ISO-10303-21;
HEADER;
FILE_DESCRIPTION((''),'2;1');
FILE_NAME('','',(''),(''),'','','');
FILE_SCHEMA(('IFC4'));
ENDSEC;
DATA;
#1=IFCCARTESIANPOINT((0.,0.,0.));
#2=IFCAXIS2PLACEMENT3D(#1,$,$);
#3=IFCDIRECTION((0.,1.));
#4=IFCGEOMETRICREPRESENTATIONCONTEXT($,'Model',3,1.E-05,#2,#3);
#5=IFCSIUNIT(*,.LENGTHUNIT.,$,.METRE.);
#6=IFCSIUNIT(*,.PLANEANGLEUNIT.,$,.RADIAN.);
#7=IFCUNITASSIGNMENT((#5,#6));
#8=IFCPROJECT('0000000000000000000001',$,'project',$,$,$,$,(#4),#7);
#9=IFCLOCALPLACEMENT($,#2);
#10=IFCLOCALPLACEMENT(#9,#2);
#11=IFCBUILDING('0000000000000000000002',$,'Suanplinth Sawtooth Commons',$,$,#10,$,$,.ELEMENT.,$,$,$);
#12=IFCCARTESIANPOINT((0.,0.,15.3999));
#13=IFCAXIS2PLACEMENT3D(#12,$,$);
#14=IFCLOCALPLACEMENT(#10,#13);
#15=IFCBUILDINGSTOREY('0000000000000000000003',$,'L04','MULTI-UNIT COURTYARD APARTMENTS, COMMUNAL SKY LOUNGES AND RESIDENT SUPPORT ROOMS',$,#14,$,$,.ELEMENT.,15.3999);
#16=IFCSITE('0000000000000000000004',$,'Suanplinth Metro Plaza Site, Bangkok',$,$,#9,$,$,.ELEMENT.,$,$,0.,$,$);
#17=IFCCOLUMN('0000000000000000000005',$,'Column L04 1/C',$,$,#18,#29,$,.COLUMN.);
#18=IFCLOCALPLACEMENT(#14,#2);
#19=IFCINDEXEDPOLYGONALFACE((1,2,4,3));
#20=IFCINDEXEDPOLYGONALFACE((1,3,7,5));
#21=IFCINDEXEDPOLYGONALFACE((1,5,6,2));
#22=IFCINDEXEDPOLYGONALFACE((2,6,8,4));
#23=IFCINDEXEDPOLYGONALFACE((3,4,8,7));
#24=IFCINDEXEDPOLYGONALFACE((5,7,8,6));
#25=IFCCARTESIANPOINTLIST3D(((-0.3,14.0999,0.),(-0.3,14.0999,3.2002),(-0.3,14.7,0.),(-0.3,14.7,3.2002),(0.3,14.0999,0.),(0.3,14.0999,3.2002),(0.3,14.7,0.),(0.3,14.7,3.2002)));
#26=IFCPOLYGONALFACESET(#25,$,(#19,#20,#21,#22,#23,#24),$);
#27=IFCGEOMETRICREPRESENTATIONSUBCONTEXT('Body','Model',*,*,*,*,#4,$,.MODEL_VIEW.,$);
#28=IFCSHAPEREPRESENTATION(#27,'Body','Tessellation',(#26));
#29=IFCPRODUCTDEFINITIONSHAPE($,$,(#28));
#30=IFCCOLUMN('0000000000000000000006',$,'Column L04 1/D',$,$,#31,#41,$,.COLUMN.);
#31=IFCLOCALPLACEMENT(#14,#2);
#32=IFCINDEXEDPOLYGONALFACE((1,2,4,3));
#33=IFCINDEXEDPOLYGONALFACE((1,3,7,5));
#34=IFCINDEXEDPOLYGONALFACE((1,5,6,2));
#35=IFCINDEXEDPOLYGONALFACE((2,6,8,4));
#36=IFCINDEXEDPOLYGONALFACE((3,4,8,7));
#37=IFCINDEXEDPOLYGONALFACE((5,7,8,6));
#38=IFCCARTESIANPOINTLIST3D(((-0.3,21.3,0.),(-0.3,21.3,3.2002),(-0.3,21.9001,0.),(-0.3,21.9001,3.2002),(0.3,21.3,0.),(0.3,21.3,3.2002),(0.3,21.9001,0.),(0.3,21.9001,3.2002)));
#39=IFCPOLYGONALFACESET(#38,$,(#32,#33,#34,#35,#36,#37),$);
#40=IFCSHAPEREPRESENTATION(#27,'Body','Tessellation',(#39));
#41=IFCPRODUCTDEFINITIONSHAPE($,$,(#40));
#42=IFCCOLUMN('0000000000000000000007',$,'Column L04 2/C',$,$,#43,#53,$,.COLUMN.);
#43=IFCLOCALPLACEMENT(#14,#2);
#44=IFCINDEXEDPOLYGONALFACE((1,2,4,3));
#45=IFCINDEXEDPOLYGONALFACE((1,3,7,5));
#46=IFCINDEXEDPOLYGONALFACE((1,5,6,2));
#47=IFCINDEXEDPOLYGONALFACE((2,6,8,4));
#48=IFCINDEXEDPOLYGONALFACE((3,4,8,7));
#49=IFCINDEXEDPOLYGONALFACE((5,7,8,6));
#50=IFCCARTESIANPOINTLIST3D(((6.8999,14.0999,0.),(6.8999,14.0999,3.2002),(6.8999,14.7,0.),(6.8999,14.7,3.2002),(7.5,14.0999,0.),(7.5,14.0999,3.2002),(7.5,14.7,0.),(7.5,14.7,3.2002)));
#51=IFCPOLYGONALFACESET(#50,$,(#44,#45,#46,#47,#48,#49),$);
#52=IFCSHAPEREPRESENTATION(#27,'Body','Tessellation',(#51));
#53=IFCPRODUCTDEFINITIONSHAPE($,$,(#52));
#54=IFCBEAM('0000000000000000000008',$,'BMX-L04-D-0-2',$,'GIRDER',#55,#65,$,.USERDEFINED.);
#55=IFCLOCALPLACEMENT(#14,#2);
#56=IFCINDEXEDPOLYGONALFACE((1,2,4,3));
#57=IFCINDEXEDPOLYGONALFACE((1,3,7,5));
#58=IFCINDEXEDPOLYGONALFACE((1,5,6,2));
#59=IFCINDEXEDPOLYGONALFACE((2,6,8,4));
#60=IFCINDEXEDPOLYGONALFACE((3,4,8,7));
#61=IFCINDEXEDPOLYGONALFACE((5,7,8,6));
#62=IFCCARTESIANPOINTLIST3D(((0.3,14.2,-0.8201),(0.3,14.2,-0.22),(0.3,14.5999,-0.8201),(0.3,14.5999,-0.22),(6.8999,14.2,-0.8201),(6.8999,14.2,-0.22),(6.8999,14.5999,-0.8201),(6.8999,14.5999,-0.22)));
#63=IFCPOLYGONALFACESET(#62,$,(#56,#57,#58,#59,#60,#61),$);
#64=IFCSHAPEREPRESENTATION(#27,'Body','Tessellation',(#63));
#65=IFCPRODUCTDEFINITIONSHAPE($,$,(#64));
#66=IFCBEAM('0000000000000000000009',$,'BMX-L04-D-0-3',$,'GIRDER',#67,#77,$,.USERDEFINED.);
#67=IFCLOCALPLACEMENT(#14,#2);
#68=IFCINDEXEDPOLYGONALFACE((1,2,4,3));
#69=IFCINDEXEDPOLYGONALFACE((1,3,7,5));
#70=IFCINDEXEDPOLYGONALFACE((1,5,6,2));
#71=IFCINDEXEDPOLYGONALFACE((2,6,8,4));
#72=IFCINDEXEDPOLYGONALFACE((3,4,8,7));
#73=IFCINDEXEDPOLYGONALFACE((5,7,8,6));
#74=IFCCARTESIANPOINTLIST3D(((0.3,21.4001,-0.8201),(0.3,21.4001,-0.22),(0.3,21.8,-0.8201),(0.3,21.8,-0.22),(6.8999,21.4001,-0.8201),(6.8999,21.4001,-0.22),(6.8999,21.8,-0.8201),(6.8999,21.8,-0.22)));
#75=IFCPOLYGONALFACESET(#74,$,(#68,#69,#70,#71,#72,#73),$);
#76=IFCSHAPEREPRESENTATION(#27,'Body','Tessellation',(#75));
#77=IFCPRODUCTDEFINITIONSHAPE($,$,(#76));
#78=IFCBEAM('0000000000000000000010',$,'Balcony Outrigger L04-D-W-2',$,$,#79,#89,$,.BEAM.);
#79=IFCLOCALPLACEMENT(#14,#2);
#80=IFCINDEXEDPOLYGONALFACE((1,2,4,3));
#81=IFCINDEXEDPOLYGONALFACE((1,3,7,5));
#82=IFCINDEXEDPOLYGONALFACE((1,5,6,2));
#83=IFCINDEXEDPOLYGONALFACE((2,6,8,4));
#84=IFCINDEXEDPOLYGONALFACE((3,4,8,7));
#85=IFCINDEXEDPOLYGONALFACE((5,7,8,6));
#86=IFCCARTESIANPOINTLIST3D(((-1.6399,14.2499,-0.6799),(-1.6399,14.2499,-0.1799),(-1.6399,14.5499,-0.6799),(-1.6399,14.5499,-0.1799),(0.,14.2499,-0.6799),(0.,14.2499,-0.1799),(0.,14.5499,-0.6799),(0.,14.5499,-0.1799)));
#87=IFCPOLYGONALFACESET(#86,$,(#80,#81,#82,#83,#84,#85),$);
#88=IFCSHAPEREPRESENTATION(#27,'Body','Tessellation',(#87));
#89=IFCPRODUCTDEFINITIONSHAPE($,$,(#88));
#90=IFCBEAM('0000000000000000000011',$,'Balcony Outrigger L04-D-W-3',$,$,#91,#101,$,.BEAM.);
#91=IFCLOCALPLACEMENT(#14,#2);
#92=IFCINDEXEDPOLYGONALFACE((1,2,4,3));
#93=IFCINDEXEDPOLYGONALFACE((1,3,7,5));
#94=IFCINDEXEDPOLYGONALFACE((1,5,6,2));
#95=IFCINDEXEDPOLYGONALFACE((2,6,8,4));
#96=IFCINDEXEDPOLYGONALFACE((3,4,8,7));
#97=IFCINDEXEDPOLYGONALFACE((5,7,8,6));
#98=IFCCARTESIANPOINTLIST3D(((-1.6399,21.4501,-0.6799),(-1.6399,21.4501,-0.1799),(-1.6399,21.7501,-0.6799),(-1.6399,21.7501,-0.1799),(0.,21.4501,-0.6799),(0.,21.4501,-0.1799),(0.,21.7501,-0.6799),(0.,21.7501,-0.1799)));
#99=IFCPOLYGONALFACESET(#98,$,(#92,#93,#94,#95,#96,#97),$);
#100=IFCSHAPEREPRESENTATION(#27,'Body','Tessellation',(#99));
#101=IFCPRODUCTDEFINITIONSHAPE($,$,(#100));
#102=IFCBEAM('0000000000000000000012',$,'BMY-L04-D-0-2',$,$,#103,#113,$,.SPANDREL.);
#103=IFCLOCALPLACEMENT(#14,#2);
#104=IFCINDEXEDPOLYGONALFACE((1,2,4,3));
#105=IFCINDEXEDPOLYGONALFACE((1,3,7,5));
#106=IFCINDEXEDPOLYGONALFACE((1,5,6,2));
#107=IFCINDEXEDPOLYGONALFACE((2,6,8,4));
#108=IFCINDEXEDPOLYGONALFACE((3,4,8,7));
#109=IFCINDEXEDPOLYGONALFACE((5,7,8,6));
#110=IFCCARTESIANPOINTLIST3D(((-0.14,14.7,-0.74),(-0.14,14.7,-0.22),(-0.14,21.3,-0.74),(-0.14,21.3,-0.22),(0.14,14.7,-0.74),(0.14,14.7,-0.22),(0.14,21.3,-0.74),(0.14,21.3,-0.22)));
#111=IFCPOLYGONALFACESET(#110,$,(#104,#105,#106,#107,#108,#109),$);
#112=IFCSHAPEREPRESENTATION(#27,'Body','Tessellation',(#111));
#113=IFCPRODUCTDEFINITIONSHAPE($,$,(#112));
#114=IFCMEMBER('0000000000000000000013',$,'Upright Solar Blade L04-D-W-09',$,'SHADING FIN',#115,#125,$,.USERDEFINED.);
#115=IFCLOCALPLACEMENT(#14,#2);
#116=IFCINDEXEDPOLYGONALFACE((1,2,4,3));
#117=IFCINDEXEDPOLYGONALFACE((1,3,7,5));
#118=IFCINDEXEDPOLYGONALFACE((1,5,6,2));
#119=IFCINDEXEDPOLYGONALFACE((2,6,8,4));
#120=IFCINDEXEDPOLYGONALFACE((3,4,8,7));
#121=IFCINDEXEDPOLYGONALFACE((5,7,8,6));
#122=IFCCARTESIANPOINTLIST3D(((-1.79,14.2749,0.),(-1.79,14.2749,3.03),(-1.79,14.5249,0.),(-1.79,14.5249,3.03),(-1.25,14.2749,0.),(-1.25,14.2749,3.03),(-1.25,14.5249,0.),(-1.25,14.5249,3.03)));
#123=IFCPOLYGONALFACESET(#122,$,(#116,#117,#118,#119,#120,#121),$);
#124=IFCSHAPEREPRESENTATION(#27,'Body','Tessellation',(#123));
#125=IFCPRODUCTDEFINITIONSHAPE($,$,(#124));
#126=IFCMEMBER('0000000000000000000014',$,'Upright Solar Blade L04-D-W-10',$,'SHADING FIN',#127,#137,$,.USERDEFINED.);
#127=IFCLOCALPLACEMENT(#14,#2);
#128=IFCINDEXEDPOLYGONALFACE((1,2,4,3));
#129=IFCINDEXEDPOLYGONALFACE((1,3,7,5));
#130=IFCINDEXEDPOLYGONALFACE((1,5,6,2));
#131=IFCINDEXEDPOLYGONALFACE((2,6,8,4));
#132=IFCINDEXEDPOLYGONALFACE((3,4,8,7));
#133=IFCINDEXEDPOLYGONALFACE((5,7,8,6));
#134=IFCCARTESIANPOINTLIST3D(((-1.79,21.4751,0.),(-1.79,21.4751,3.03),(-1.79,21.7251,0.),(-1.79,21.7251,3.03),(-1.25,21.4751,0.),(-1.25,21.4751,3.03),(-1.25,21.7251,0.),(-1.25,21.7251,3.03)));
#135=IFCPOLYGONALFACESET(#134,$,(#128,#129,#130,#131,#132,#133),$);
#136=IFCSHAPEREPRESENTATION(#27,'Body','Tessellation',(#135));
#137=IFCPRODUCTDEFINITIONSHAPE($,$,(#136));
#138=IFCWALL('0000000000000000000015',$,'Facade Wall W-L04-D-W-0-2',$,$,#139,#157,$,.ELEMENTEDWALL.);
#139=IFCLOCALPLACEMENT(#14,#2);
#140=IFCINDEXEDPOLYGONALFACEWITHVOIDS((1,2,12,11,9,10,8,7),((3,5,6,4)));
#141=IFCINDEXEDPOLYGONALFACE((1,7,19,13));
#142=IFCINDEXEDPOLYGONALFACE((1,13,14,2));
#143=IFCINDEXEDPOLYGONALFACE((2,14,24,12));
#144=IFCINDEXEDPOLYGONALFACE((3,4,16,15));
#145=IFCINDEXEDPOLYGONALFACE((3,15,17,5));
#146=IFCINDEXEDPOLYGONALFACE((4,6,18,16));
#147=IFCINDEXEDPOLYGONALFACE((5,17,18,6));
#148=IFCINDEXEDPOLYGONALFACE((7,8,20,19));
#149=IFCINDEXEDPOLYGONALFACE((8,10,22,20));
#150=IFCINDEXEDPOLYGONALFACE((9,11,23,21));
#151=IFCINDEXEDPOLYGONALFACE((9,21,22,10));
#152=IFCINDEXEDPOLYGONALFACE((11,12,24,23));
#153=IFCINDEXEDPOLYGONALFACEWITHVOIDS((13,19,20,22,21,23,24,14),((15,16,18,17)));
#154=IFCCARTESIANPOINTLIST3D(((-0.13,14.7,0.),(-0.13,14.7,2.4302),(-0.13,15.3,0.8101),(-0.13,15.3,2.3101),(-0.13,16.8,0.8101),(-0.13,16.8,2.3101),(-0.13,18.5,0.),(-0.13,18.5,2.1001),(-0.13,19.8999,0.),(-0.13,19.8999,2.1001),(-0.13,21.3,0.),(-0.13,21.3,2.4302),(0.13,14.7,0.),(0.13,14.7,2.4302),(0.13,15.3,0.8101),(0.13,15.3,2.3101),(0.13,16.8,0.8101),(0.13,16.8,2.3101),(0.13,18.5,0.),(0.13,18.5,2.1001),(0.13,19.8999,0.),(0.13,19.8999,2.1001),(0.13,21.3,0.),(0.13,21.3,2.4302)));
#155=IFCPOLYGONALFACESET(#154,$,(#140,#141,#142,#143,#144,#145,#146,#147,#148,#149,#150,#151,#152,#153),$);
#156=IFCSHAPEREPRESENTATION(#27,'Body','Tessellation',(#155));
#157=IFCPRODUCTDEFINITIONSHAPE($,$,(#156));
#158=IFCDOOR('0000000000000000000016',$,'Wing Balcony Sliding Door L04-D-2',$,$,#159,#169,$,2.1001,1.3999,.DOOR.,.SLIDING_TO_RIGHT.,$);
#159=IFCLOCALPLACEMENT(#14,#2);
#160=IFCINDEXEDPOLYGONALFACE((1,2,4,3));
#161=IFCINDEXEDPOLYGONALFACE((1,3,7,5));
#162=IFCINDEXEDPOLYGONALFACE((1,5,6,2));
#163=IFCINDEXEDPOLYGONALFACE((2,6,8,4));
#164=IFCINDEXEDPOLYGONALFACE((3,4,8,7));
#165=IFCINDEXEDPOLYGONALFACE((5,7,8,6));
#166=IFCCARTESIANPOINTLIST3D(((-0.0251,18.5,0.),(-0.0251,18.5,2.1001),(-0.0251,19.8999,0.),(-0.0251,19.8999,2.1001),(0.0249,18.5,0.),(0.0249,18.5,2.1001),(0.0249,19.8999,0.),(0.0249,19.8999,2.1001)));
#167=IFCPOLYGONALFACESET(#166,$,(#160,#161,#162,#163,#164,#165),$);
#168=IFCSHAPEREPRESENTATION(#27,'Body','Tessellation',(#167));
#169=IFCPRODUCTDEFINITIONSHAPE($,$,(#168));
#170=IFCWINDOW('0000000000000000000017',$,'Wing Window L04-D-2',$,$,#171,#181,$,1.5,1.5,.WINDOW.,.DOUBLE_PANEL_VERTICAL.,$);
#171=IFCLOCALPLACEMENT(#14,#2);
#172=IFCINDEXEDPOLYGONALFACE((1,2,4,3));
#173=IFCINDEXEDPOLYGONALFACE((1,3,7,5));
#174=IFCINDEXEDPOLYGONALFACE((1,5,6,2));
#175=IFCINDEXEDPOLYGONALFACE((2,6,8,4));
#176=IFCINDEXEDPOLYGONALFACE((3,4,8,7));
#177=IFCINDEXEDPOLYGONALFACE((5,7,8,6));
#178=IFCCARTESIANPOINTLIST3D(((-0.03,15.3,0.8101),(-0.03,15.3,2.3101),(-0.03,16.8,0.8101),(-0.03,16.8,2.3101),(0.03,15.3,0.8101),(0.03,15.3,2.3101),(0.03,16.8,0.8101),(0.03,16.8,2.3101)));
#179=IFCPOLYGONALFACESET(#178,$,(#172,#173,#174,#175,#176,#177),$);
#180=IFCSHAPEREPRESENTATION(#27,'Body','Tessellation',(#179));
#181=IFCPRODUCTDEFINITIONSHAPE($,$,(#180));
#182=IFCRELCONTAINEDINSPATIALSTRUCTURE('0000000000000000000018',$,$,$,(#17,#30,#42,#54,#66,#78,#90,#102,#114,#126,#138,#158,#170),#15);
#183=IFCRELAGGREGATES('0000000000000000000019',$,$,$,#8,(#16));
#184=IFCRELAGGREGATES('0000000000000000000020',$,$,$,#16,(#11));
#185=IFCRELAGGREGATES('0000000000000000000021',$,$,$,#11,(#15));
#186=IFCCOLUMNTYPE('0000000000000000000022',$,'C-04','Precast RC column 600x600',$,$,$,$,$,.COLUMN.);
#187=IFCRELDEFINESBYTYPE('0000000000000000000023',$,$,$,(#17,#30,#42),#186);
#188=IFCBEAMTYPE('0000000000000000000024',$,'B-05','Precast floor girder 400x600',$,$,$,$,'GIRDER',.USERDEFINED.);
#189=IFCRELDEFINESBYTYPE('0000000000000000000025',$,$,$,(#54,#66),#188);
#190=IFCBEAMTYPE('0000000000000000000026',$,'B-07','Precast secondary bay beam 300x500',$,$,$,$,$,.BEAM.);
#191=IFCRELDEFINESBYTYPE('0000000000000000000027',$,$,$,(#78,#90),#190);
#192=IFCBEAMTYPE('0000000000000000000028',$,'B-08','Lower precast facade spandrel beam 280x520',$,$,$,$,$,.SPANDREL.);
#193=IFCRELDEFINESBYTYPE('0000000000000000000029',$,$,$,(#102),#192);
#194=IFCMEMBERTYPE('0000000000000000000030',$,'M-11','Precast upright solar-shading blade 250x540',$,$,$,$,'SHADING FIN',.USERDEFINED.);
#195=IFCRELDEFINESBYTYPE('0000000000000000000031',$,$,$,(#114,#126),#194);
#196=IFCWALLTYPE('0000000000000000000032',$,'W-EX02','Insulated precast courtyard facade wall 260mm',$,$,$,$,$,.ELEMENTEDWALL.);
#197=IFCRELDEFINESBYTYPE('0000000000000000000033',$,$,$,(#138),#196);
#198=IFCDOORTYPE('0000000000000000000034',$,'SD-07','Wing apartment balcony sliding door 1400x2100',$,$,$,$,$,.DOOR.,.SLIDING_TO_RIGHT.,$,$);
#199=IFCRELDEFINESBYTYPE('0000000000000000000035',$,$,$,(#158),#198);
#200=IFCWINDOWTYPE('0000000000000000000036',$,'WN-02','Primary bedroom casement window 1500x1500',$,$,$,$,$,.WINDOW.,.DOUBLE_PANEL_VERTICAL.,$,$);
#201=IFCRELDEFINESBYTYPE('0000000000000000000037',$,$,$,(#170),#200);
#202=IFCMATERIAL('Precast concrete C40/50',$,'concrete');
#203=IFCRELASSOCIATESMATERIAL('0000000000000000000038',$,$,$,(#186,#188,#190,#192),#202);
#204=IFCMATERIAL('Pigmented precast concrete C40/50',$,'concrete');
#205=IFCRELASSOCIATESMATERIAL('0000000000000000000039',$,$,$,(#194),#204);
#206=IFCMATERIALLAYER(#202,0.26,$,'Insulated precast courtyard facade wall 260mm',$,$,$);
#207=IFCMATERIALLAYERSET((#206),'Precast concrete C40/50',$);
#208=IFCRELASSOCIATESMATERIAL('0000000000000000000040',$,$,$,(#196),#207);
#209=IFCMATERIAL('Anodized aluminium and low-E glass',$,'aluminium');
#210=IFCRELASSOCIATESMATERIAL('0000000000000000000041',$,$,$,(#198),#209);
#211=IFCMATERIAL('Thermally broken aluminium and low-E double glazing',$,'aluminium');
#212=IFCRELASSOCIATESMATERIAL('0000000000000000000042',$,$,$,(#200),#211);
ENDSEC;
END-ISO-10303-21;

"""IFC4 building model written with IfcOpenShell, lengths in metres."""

from ifc_helpers import new_model, si_unit, direction, frame, frame_2d, origin, origin_2d, place, context, subcontext, project, spatial, rectangle, extrude, material, layer, layer_set, material_profile, profile_set, type_object, element, fill, save


model = new_model("IFC4")

# Units and contexts
model_context = context("Model", 3, precision=1e-05, world=origin(), true_north=direction((0.0, 1.0)))
body_context = subcontext(model_context, "Body", "Model", "MODEL_VIEW")
ifc_project = project(units=[si_unit("LENGTHUNIT", "METRE"), si_unit("PLANEANGLEUNIT", "RADIAN")], contexts=[model_context])

# Site, building, storey
site_placement = place(None, origin())
site = spatial("IfcSite", under=ifc_project, at=site_placement, Name="Suanplinth Metro Plaza Site, Bangkok", CompositionType="ELEMENT", RefElevation=0.0)
building_placement = place(site_placement, origin())
building = spatial("IfcBuilding", under=site, at=building_placement, Name="Suanplinth Sawtooth Commons", CompositionType="ELEMENT")
storey_placement = place(building_placement, frame((0.0, 0.0, 15.3999)))
storey = spatial("IfcBuildingStorey", under=building, at=storey_placement, Name="L04", Description="MULTI-UNIT COURTYARD APARTMENTS, COMMUNAL SKY LOUNGES AND RESIDENT SUPPORT ROOMS", CompositionType="ELEMENT", Elevation=15.3999)

# Columns
ifc_material_1 = material(Name="Precast concrete C40/50", Category="concrete")
ifc_material_profile_1 = material_profile(ifc_material_1, rectangle(XDim=0.6001, YDim=0.6001, at=origin_2d()), Name="PC-COL 600x600")
ifc_profile_set_1 = profile_set([ifc_material_profile_1], Name="Precast concrete C40/50")
column_type = type_object("IfcColumnType", Name="C-04", Description="Precast RC column 600x600", PredefinedType="COLUMN", material=ifc_profile_set_1)
for number, where, z_axis, x_axis, name in (
    (1, (0.0, 14.3999, 0.0), (0.0, 0.0, 1.0), (1.0, 0.0, 0.0), "Column L04 1/C"),
    (2, (0.0, 21.6001, 0.0), (0.0, 0.0, 1.0), (1.0, 0.0, 0.0), "Column L04 1/D"),
    (3, (7.2, 14.3999, 0.0), (0.0, 0.0, 1.0), (1.0, 0.0, 0.0), "Column L04 2/C"),
):
    element("IfcColumn", number, at=place(storey_placement, frame(where, z_axis=z_axis, x_axis=x_axis)), inside=storey, type_object=column_type, Name=name, PredefinedType="COLUMN", context=body_context, shape_type="SweptSolid", body=[
        extrude(rectangle(XDim=0.6001, YDim=0.6001, at=origin_2d()), origin(), (0.0, 0.0, 1.0), 3.2002),
    ])

# Beams
ifc_material_profile_2 = material_profile(ifc_material_1, rectangle(XDim=0.3999, YDim=0.6001, at=origin_2d()), Name="PC-GDR 400x600")
ifc_profile_set_2 = profile_set([ifc_material_profile_2], Name="Precast concrete C40/50")
beam_type_1 = type_object("IfcBeamType", Name="B-05", Description="Precast floor girder 400x600", ElementType="GIRDER", PredefinedType="USERDEFINED", material=ifc_profile_set_2)
for number, where, z_axis, x_axis, name in (
    (4, (0.3, 14.3999, -0.52), (1.0, 0.0, 0.0), (0.0, 1.0, 0.0), "BMX-L04-D-0-2"),
    (5, (0.3, 21.6001, -0.52), (1.0, 0.0, 0.0), (0.0, 1.0, 0.0), "BMX-L04-D-0-3"),
):
    element("IfcBeam", number, at=place(storey_placement, frame(where, z_axis=z_axis, x_axis=x_axis)), inside=storey, type_object=beam_type_1, Name=name, ObjectType="GIRDER", PredefinedType="USERDEFINED", context=body_context, shape_type="SweptSolid", body=[
        extrude(rectangle(XDim=0.3999, YDim=0.6001, at=origin_2d()), origin(), (0.0, 0.0, 1.0), 6.5999),
    ])
ifc_material_profile_3 = material_profile(ifc_material_1, rectangle(XDim=0.3, YDim=0.5, at=origin_2d()), Name="PC-BM 300x500")
ifc_profile_set_3 = profile_set([ifc_material_profile_3], Name="Precast concrete C40/50")
beam_type_2 = type_object("IfcBeamType", Name="B-07", Description="Precast secondary bay beam 300x500", PredefinedType="BEAM", material=ifc_profile_set_3)
for number, where, z_axis, x_axis, name in (
    (6, (0.0, 14.3999, -0.4299), (-1.0, 0.0, 0.0), (0.0, -1.0, 0.0), "Balcony Outrigger L04-D-W-2"),
    (7, (0.0, 21.6001, -0.4299), (-1.0, 0.0, 0.0), (0.0, -1.0, 0.0), "Balcony Outrigger L04-D-W-3"),
):
    element("IfcBeam", number, at=place(storey_placement, frame(where, z_axis=z_axis, x_axis=x_axis)), inside=storey, type_object=beam_type_2, Name=name, PredefinedType="BEAM", context=body_context, shape_type="SweptSolid", body=[
        extrude(rectangle(XDim=0.3, YDim=0.5, at=origin_2d()), origin(), (0.0, 0.0, 1.0), 1.6399),
    ])
ifc_material_profile_4 = material_profile(ifc_material_1, rectangle(XDim=0.28, YDim=0.52, at=origin_2d()), Name="PC-SP 280x520")
ifc_profile_set_4 = profile_set([ifc_material_profile_4], Name="Precast concrete C40/50")
beam_type_3 = type_object("IfcBeamType", Name="B-08", Description="Lower precast facade spandrel beam 280x520", PredefinedType="SPANDREL", material=ifc_profile_set_4)
beam_placement = place(storey_placement, frame((0.0, 14.7, -0.48), z_axis=(0.0, 1.0, 0.0), x_axis=(-1.0, 0.0, 0.0)))
element("IfcBeam", 8, at=beam_placement, inside=storey, type_object=beam_type_3, Name="BMY-L04-D-0-2", PredefinedType="SPANDREL", context=body_context, shape_type="SweptSolid", body=[
    extrude(rectangle(XDim=0.28, YDim=0.52, at=origin_2d()), origin(), (0.0, 0.0, 1.0), 6.6001),
])

# Members
ifc_material_2 = material(Name="Pigmented precast concrete C40/50", Category="concrete")
ifc_material_profile_5 = material_profile(ifc_material_2, rectangle(XDim=0.25, YDim=0.54, at=origin_2d()), Name="PC-FIN 250x540")
ifc_profile_set_5 = profile_set([ifc_material_profile_5], Name="Pigmented precast concrete C40/50")
member_type = type_object("IfcMemberType", Name="M-11", Description="Precast upright solar-shading blade 250x540", ElementType="SHADING FIN", PredefinedType="USERDEFINED", material=ifc_profile_set_5)
for number, where, z_axis, x_axis, name in (
    (9, (-1.52, 14.3999, 0.0), (0.0, 0.0, 1.0), (0.0, 1.0, 0.0), "Upright Solar Blade L04-D-W-09"),
    (10, (-1.52, 21.6001, 0.0), (0.0, 0.0, 1.0), (0.0, 1.0, 0.0), "Upright Solar Blade L04-D-W-10"),
):
    element("IfcMember", number, at=place(storey_placement, frame(where, z_axis=z_axis, x_axis=x_axis)), inside=storey, type_object=member_type, Name=name, ObjectType="SHADING FIN", PredefinedType="USERDEFINED", context=body_context, shape_type="SweptSolid", body=[
        extrude(rectangle(XDim=0.25, YDim=0.54, at=origin_2d()), origin(), (0.0, 0.0, 1.0), 3.03),
    ])

# Wall, openings, door, window
ifc_layer_1 = layer(ifc_material_1, 0.26, Name="Insulated precast courtyard facade wall 260mm")
ifc_layer_set_1 = layer_set([ifc_layer_1], Name="Precast concrete C40/50")
wall_type_1 = type_object("IfcWallType", Name="W-EX02", Description="Insulated precast courtyard facade wall 260mm", PredefinedType="ELEMENTEDWALL", material=ifc_layer_set_1)
wall_1_placement = place(storey_placement, frame((0.0, 14.7, 0.0), z_axis=(0.0, 0.0, 1.0), x_axis=(0.0, 1.0, 0.0)))
wall_1 = element("IfcWall", 11, at=wall_1_placement, inside=storey, type_object=wall_type_1, Name="Facade Wall W-L04-D-W-0-2", PredefinedType="ELEMENTEDWALL", context=body_context, shape_type="SweptSolid", body=[
    extrude(rectangle(XDim=6.6001, YDim=0.26, at=frame_2d((3.3, 0.0))), origin(), (0.0, 0.0, 1.0), 2.4302),
])
opening_1_placement = place(wall_1_placement, frame((3.8, 0.0, 0.0)))
opening_1 = element("IfcOpeningElement", 12, at=opening_1_placement, cuts=wall_1, PredefinedType="OPENING", context=body_context, shape_type="SweptSolid", body=[
    extrude(rectangle(XDim=1.3999, YDim=2.1001, at=frame_2d((0.7, 1.05))), frame((0.0, 0.145, 0.0), z_axis=(0.0, -1.0, 0.0), x_axis=(1.0, 0.0, 0.0)), (0.0, 0.0, 1.0), 0.2898),
])
opening_2_placement = place(wall_1_placement, frame((0.6001, 0.0, 0.8101)))
opening_2 = element("IfcOpeningElement", 13, at=opening_2_placement, cuts=wall_1, PredefinedType="OPENING", context=body_context, shape_type="SweptSolid", body=[
    extrude(rectangle(XDim=1.5, YDim=1.5, at=frame_2d((0.75, 0.75))), frame((0.0, 0.145, 0.0), z_axis=(0.0, -1.0, 0.0), x_axis=(1.0, 0.0, 0.0)), (0.0, 0.0, 1.0), 0.2898),
])
ifc_material_3 = material(Name="Anodized aluminium and low-E glass", Category="aluminium")
door_type_1 = type_object("IfcDoorType", Name="SD-07", Description="Wing apartment balcony sliding door 1400x2100", OperationType="SLIDING_TO_RIGHT", PredefinedType="DOOR", material=ifc_material_3)
door_1_placement = place(opening_1_placement, frame((1.3999, 0.0, 0.0), z_axis=(0.0, 0.0, 1.0), x_axis=(-1.0, 0.0, 0.0)))
door_1 = element("IfcDoor", 14, at=door_1_placement, inside=storey, type_object=door_type_1, Name="Wing Balcony Sliding Door L04-D-2", OperationType="SLIDING_TO_RIGHT", OverallHeight=2.1001, OverallWidth=1.3999, PredefinedType="DOOR", context=body_context, shape_type="SweptSolid", body=[
    extrude(rectangle(XDim=1.3999, YDim=2.1001, at=frame_2d((0.7, 1.05))), frame((0.0, 0.0249, 0.0), z_axis=(0.0, -1.0, 0.0), x_axis=(1.0, 0.0, 0.0)), (0.0, 0.0, 1.0), 0.05),
])
fill(opening_1, door_1)
ifc_material_4 = material(Name="Thermally broken aluminium and low-E double glazing", Category="aluminium")
window_type = type_object("IfcWindowType", Name="WN-02", Description="Primary bedroom casement window 1500x1500", PartitioningType="DOUBLE_PANEL_VERTICAL", PredefinedType="WINDOW", material=ifc_material_4)
window_placement = place(opening_2_placement, origin())
window = element("IfcWindow", 15, at=window_placement, inside=storey, type_object=window_type, Name="Wing Window L04-D-2", OverallHeight=1.5, OverallWidth=1.5, PartitioningType="DOUBLE_PANEL_VERTICAL", PredefinedType="WINDOW", context=body_context, shape_type="SweptSolid", body=[
    extrude(rectangle(XDim=1.5, YDim=1.5, at=frame_2d((0.75, 0.75))), frame((0.0, 0.03, 0.0), z_axis=(0.0, -1.0, 0.0), x_axis=(1.0, 0.0, 0.0)), (0.0, 0.0, 1.0), 0.0601),
])
fill(opening_2, window)

save(model, "model.ifc")
